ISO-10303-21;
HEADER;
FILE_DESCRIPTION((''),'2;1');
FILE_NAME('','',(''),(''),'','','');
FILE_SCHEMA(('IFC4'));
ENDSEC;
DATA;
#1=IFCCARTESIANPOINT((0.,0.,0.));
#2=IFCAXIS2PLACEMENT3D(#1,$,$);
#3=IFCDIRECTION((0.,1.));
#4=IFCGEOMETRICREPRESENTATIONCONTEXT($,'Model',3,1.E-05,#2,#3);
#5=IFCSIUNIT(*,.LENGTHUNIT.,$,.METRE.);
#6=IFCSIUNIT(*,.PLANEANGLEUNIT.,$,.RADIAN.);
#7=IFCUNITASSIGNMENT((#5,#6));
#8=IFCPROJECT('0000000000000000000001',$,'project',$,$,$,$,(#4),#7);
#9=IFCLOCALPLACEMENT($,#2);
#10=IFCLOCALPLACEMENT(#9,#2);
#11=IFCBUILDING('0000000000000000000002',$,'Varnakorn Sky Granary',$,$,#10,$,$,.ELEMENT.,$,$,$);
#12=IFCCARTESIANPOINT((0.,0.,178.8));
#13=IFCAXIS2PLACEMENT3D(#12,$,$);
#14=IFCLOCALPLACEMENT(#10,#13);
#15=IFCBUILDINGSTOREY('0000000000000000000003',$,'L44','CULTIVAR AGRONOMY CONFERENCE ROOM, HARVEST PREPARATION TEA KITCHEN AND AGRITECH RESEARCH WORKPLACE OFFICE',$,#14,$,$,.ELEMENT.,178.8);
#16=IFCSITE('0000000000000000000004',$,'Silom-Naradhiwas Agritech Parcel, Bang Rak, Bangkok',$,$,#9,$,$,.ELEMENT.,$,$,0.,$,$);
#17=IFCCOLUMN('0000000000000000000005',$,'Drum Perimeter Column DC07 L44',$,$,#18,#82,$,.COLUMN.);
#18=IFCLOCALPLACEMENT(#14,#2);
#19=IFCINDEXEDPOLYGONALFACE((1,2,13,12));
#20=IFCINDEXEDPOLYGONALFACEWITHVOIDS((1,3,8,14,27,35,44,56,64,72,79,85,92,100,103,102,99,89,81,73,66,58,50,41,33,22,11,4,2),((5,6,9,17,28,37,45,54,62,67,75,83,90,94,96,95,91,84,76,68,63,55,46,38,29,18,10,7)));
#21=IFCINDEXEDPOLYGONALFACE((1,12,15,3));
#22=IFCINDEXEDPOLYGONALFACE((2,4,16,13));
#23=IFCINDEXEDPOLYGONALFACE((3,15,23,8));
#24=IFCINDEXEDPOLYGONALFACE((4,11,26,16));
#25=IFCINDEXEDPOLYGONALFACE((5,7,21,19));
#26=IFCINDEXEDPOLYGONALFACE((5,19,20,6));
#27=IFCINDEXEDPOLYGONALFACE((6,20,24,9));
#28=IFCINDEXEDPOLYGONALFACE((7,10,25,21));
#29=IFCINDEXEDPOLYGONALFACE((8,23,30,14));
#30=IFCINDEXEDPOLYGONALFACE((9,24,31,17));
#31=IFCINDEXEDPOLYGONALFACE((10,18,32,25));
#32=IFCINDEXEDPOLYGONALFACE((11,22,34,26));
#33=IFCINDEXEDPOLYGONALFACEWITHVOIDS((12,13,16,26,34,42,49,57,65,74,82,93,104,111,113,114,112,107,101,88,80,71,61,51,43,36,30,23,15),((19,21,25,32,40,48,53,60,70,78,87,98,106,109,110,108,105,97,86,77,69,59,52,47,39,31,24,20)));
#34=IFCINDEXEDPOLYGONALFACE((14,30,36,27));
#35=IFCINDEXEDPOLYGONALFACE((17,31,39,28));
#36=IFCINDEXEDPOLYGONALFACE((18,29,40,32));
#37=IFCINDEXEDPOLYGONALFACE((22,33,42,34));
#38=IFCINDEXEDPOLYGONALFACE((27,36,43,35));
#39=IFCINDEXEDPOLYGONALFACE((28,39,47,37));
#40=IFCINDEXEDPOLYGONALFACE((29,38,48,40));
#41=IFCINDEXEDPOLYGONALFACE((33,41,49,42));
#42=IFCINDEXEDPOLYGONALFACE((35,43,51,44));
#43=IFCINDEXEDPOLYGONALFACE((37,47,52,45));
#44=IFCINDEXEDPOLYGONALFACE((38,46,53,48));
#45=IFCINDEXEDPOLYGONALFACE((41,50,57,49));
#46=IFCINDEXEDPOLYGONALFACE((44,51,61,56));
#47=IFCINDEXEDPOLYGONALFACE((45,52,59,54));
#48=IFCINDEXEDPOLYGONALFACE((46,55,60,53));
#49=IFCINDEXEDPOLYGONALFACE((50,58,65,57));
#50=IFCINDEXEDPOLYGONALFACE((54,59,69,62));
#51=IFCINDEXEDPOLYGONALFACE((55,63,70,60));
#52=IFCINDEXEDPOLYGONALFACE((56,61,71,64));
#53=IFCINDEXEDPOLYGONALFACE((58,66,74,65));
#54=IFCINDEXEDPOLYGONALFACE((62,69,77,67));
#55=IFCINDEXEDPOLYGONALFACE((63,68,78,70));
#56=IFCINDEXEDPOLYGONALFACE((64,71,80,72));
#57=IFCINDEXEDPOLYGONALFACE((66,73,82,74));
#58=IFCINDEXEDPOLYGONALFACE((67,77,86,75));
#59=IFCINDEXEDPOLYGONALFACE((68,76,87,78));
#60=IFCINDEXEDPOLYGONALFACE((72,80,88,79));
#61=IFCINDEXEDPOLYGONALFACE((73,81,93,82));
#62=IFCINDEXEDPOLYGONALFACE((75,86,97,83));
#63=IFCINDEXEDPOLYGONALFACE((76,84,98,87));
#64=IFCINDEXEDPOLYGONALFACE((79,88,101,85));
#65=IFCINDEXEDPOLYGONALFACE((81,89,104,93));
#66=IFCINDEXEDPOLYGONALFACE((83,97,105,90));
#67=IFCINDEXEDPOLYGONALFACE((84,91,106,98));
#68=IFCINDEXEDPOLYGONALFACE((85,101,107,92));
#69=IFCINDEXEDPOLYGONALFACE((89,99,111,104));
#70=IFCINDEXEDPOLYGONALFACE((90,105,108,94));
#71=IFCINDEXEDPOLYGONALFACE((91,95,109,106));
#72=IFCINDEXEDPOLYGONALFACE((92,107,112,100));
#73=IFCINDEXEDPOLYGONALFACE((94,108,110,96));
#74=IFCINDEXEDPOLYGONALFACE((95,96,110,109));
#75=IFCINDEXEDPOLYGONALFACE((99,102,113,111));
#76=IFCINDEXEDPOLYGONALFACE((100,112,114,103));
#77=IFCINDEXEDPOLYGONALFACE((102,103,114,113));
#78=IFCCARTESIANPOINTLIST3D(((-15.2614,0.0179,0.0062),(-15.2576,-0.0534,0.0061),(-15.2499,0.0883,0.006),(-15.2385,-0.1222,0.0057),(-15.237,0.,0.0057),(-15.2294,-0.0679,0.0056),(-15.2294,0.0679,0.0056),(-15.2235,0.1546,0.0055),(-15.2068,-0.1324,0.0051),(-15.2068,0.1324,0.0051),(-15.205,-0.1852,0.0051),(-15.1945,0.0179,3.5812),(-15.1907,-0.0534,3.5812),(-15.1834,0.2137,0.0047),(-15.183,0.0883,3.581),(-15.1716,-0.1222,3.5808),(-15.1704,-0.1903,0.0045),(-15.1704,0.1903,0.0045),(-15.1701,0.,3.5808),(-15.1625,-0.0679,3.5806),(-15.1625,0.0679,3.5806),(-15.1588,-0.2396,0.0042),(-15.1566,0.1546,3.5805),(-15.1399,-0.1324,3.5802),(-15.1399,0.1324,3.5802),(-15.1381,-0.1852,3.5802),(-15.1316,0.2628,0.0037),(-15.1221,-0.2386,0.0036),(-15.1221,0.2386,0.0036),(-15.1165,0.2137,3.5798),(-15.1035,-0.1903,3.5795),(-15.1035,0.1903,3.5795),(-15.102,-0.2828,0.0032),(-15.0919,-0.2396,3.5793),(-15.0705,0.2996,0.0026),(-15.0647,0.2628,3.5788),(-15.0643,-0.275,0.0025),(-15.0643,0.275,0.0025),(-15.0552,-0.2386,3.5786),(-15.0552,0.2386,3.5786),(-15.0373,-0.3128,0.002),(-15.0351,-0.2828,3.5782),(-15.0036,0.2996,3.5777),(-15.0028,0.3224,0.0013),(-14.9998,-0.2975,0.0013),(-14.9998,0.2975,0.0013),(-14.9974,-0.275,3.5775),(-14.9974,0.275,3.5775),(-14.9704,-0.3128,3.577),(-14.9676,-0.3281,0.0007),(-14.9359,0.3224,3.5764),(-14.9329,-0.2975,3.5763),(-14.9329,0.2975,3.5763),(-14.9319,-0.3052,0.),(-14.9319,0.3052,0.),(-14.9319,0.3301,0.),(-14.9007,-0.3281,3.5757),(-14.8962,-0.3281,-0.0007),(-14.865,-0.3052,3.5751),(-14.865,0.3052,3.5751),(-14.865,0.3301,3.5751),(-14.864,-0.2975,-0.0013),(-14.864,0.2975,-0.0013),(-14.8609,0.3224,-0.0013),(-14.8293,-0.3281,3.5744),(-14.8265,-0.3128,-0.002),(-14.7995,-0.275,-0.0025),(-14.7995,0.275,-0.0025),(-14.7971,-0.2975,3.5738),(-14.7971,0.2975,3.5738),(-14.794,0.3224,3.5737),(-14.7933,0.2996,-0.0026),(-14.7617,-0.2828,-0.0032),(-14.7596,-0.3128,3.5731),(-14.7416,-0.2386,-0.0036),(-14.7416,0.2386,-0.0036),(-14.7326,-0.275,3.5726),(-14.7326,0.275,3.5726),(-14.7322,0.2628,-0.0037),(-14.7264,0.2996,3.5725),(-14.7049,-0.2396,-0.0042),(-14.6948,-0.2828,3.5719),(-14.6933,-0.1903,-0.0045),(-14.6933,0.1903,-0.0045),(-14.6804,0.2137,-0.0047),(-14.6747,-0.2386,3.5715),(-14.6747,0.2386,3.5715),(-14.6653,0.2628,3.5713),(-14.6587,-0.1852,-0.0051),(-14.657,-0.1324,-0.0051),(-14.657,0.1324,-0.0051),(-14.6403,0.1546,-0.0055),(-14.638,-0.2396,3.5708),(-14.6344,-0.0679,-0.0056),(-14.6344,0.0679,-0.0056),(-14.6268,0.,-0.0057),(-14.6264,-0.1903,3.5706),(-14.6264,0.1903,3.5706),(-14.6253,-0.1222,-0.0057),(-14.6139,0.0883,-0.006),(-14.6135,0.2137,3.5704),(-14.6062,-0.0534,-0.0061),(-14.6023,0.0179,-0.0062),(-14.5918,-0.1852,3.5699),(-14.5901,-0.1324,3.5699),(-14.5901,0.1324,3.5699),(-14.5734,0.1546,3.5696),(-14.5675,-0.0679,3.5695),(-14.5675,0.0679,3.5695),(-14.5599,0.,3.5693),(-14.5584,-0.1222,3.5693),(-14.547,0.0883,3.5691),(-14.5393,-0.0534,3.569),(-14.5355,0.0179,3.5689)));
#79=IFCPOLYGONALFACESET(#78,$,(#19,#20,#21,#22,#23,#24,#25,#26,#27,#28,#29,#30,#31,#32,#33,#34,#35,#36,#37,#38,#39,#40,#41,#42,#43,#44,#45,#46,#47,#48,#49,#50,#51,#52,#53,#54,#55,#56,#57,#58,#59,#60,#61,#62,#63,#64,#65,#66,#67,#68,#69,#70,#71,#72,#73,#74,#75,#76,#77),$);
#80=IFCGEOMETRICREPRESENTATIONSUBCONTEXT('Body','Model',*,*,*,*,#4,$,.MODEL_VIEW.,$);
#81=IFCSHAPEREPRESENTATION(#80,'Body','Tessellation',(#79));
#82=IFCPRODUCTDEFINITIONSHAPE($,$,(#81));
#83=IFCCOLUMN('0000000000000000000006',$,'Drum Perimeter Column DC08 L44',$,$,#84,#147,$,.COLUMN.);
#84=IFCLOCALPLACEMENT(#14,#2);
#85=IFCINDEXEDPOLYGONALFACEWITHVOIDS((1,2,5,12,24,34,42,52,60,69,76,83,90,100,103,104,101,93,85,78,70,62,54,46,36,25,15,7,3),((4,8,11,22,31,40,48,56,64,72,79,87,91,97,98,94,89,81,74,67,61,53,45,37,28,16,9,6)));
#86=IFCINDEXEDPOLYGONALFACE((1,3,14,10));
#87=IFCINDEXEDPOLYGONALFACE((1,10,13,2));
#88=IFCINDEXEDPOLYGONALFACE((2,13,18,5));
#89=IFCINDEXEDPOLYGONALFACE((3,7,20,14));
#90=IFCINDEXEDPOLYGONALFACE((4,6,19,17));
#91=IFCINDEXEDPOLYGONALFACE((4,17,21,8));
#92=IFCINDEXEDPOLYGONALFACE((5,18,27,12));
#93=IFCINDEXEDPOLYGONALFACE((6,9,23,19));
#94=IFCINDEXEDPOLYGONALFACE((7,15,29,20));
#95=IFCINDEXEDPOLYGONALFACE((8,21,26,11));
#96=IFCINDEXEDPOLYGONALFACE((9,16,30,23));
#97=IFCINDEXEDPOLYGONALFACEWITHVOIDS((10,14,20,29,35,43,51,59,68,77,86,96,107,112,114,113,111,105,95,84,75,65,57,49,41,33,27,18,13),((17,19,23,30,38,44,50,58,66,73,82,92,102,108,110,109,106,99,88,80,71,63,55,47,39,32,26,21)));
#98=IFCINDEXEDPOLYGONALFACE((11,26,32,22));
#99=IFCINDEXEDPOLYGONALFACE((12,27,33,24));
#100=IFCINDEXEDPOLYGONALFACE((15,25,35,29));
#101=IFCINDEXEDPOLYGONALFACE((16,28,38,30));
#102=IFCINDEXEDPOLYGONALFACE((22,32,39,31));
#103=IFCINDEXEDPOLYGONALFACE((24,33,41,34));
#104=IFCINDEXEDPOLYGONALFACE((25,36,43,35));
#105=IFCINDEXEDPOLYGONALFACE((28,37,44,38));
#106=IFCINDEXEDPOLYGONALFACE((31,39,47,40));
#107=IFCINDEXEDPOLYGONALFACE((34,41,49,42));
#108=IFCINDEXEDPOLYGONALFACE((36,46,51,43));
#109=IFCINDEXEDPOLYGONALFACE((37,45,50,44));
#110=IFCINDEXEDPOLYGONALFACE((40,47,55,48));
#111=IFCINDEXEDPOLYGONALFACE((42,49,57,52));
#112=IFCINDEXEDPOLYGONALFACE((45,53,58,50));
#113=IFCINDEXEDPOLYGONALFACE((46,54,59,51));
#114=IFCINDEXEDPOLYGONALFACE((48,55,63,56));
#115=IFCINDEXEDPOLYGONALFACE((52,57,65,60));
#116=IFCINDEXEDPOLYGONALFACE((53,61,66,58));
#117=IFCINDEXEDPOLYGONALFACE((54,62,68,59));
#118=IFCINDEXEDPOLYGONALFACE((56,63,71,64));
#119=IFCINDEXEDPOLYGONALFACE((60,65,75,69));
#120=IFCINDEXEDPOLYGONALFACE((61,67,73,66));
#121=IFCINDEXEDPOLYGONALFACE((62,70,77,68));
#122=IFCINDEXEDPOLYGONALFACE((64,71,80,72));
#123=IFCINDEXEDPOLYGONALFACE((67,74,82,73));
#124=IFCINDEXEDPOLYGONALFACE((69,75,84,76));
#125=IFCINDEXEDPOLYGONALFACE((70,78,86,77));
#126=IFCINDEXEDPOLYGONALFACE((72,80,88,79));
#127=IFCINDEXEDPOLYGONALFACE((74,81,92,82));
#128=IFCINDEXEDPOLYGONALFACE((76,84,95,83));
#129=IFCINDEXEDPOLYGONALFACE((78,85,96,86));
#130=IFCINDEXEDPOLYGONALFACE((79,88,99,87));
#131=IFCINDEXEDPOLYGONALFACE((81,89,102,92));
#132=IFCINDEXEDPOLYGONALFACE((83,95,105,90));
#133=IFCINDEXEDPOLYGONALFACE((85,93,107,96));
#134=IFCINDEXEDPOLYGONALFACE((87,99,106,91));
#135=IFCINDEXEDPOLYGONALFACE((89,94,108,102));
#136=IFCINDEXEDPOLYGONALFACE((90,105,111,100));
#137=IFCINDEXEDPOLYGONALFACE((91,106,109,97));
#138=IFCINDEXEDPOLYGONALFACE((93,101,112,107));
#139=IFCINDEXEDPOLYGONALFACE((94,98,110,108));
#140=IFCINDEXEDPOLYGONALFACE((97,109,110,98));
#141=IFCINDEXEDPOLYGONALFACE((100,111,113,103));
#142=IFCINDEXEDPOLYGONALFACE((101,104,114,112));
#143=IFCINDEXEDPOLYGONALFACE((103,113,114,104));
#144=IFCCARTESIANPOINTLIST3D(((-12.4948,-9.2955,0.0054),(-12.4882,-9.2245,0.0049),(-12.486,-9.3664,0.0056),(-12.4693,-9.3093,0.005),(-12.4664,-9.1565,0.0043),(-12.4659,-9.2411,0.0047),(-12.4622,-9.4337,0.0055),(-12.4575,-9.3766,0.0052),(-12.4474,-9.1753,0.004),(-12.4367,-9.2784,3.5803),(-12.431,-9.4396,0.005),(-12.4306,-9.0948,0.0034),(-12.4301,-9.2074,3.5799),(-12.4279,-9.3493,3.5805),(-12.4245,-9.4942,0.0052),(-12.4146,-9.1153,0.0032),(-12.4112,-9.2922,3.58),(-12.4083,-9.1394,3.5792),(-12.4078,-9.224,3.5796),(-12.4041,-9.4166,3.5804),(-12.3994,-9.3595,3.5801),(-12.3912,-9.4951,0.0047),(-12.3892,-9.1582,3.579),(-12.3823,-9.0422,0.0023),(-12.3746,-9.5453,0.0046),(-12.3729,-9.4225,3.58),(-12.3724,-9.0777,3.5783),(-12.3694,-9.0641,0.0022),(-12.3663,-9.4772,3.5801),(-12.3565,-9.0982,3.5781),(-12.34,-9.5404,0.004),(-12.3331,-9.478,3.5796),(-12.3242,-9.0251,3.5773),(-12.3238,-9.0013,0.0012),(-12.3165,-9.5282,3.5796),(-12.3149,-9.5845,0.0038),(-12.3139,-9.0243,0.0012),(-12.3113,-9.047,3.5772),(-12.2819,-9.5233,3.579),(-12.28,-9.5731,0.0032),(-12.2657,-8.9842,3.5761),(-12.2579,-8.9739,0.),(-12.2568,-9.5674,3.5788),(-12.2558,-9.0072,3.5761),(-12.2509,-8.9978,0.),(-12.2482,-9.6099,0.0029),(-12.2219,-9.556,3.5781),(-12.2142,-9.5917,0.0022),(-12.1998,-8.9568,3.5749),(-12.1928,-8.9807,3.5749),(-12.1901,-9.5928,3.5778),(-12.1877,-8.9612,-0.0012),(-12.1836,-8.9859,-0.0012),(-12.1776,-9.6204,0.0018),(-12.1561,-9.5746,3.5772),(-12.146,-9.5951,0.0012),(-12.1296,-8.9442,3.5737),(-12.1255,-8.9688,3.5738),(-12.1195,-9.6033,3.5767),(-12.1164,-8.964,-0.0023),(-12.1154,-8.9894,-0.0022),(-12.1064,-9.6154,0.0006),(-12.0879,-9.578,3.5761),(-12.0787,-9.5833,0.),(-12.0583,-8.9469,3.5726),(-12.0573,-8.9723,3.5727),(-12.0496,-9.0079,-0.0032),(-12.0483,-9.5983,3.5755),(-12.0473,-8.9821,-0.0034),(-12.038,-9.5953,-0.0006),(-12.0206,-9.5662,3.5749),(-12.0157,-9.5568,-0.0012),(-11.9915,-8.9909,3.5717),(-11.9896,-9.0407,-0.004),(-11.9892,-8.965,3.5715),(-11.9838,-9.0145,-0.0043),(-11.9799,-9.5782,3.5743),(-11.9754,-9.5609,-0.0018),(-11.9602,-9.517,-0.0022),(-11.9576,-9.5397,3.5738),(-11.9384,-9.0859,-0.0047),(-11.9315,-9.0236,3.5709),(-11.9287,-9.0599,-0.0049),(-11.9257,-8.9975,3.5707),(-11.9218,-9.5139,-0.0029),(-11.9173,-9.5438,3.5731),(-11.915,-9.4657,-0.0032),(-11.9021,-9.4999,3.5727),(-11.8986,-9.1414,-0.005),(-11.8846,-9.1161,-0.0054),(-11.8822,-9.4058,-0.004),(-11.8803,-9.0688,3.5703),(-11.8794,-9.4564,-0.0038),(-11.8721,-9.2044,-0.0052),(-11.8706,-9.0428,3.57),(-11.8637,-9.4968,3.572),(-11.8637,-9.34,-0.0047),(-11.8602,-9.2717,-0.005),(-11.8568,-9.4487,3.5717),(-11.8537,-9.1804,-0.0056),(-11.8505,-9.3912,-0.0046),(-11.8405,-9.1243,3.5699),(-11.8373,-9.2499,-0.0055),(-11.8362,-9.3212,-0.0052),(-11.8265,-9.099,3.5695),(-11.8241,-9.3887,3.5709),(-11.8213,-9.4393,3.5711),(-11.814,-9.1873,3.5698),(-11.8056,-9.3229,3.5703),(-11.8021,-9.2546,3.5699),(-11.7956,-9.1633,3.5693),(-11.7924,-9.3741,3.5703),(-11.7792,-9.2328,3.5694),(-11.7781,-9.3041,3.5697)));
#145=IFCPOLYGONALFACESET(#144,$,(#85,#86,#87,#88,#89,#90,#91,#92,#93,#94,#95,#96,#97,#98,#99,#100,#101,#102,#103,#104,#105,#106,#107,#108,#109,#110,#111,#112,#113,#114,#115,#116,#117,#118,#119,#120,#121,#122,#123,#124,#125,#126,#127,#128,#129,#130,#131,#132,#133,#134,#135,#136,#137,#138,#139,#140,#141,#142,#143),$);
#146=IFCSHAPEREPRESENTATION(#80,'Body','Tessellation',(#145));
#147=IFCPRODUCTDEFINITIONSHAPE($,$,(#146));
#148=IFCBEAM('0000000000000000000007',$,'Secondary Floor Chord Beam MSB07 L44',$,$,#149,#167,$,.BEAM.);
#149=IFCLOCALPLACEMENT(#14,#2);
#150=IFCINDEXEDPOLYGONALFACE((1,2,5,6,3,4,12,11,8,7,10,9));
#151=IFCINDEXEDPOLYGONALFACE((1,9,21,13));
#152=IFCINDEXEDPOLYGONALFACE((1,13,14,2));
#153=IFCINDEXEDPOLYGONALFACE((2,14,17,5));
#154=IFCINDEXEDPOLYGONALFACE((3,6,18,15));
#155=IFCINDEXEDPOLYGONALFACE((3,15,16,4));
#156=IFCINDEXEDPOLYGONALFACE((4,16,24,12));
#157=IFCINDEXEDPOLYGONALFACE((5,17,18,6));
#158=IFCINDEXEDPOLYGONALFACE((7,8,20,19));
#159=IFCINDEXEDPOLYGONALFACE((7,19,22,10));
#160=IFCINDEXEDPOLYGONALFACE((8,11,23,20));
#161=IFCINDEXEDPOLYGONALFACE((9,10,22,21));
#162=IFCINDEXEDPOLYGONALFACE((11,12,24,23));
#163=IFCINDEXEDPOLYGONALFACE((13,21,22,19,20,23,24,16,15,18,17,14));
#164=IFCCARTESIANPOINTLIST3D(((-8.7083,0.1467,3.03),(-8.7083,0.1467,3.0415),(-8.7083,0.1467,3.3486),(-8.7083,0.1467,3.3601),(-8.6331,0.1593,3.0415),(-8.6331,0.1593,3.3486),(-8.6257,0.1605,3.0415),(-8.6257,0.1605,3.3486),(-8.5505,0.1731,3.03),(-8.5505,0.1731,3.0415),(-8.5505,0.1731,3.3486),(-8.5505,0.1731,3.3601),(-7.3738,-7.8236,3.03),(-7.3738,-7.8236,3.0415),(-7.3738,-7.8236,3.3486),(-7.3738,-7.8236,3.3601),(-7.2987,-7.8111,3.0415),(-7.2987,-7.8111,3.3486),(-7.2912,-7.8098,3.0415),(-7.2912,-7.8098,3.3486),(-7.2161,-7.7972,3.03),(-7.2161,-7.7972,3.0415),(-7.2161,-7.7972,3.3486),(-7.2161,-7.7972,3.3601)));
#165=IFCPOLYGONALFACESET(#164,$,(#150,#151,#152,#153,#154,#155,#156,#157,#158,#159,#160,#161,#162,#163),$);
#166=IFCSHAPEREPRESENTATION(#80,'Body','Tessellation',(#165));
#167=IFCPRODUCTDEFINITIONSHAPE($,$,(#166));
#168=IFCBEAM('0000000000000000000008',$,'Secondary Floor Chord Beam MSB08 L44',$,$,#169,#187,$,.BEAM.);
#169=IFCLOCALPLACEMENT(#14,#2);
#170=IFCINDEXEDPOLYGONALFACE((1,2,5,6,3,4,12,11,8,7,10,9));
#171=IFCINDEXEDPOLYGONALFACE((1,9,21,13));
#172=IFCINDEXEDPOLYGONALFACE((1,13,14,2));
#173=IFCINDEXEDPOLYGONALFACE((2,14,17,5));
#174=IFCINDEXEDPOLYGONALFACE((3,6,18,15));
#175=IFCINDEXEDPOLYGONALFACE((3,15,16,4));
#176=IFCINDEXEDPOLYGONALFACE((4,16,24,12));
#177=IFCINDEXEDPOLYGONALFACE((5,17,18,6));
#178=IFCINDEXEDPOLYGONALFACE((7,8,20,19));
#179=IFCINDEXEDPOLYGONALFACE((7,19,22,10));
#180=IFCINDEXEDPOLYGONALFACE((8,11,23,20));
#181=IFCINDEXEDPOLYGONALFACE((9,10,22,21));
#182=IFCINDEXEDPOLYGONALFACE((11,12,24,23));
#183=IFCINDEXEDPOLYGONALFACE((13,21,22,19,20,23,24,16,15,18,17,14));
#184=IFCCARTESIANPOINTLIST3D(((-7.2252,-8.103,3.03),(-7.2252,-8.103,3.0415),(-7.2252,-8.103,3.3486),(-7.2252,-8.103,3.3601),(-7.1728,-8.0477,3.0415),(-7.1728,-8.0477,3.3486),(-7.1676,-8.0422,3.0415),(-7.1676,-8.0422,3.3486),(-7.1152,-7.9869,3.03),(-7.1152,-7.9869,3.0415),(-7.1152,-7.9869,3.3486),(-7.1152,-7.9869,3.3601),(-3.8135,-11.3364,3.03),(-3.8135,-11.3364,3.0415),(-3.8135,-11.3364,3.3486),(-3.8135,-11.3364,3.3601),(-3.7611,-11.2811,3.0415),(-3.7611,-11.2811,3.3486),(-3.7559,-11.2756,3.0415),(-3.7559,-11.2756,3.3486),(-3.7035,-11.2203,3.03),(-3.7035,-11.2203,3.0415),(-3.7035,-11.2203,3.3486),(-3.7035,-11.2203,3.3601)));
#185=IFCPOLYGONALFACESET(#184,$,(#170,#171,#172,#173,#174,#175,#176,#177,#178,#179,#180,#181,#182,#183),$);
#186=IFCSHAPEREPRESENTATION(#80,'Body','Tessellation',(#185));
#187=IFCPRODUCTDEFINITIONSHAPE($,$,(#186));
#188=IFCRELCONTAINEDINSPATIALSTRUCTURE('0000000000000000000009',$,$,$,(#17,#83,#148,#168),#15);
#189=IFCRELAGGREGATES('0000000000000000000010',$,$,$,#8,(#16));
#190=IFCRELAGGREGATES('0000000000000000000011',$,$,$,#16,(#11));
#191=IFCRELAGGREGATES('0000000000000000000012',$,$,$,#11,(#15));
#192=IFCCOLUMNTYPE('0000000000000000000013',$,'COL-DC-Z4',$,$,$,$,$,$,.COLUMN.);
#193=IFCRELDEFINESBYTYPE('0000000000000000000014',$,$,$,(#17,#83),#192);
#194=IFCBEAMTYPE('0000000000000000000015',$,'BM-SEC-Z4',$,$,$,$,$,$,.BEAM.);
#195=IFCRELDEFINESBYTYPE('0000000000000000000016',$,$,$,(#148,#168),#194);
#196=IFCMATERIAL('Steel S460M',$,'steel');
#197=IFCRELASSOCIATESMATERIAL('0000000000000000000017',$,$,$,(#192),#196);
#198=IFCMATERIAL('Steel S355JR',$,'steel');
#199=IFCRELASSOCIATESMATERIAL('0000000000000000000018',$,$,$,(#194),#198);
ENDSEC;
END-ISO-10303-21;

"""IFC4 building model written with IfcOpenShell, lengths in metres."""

from ifc_helpers import new_model, si_unit, direction, frame, origin, origin_2d, place, context, subcontext, project, spatial, hollow_circle, i_section, extrude, material, material_profile, profile_set, type_object, element, save


model = new_model("IFC4")

# Units and contexts
model_context = context("Model", 3, precision=1e-05, world=origin(), true_north=direction((0.0, 1.0)))
body_context = subcontext(model_context, "Body", "Model", "MODEL_VIEW")
ifc_project = project(units=[si_unit("LENGTHUNIT", "METRE"), si_unit("PLANEANGLEUNIT", "RADIAN")], contexts=[model_context])

# Site, building, storey
site_placement = place(None, origin())
site = spatial("IfcSite", under=ifc_project, at=site_placement, Name="Silom-Naradhiwas Agritech Parcel, Bang Rak, Bangkok", CompositionType="ELEMENT", RefElevation=0.0)
building_placement = place(site_placement, origin())
building = spatial("IfcBuilding", under=site, at=building_placement, Name="Varnakorn Sky Granary", CompositionType="ELEMENT")
storey_placement = place(building_placement, frame((0.0, 0.0, 178.8)))
storey = spatial("IfcBuildingStorey", under=building, at=storey_placement, Name="L44", Description="CULTIVAR AGRONOMY CONFERENCE ROOM, HARVEST PREPARATION TEA KITCHEN AND AGRITECH RESEARCH WORKPLACE OFFICE", CompositionType="ELEMENT", Elevation=178.8)

# Columns
ifc_material_1 = material(Name="Steel S460M", Category="steel")
ifc_material_profile_1 = material_profile(ifc_material_1, hollow_circle(Radius=0.3301, WallThickness=0.0249, at=origin_2d()), Name="CHS 660x25")
ifc_profile_set_1 = profile_set([ifc_material_profile_1], Name="Steel S460M")
column_type = type_object("IfcColumnType", Name="COL-DC-Z4", PredefinedType="COLUMN", material=ifc_profile_set_1)
column_1_placement = place(storey_placement, frame((-14.9319, 0.0, 0.0), z_axis=(0.018709, 0.0, 0.999825), x_axis=(0.0, 1.0, 0.0)))
element("IfcColumn", 1, at=column_1_placement, inside=storey, type_object=column_type, Name="Drum Perimeter Column DC07 L44", PredefinedType="COLUMN", context=body_context, shape_type="SweptSolid", body=[
    extrude(hollow_circle(Radius=0.3301, WallThickness=0.0249, at=origin_2d()), origin(), (0.0, 0.0, 1.0), 3.5757),
])
column_2_placement = place(storey_placement, frame((-12.1648, -9.2905, 0.0), z_axis=(0.016251, 0.00478, 0.999857), x_axis=(-0.282166, 0.959366, 0.0)))
element("IfcColumn", 2, at=column_2_placement, inside=storey, type_object=column_type, Name="Drum Perimeter Column DC08 L44", PredefinedType="COLUMN", context=body_context, shape_type="SweptSolid", body=[
    extrude(hollow_circle(Radius=0.3301, WallThickness=0.0249, at=origin_2d()), origin(), (0.0, 0.0, 1.0), 3.5754),
])

# Beams
ifc_material_2 = material(Name="Steel S355JR", Category="steel")
ifc_material_profile_2 = material_profile(ifc_material_2, i_section(OverallWidth=0.1599, OverallDepth=0.3301, WebThickness=0.0076, FlangeThickness=0.0115, at=origin_2d()), Name="IPE 330")
ifc_profile_set_2 = profile_set([ifc_material_profile_2], Name="Steel S355JR")
beam_type_1 = type_object("IfcBeamType", Name="BM-SEC-Z4", PredefinedType="BEAM", material=ifc_profile_set_2)
beam_1_placement = place(storey_placement, frame((-8.6294, 0.1599, 3.1951), z_axis=(0.165129, -0.986272, 0.0), x_axis=(0.986272, 0.165129, 0.0)))
element("IfcBeam", 3, at=beam_1_placement, inside=storey, type_object=beam_type_1, Name="Secondary Floor Chord Beam MSB07 L44", PredefinedType="BEAM", context=body_context, shape_type="SweptSolid", body=[
    extrude(i_section(OverallWidth=0.1599, OverallDepth=0.3301, WebThickness=0.0076, FlangeThickness=0.0115, at=origin_2d()), origin(), (0.0, 0.0, 1.0), 8.0813),
])
beam_2_placement = place(storey_placement, frame((-7.1702, -8.0449, 3.1951), z_axis=(0.725811, -0.687894, 0.0), x_axis=(0.687894, 0.725811, 0.0)))
element("IfcBeam", 4, at=beam_2_placement, inside=storey, type_object=beam_type_1, Name="Secondary Floor Chord Beam MSB08 L44", PredefinedType="BEAM", context=body_context, shape_type="SweptSolid", body=[
    extrude(i_section(OverallWidth=0.1599, OverallDepth=0.3301, WebThickness=0.0076, FlangeThickness=0.0115, at=origin_2d()), origin(), (0.0, 0.0, 1.0), 4.7004),
])

save(model, "model.ifc")
